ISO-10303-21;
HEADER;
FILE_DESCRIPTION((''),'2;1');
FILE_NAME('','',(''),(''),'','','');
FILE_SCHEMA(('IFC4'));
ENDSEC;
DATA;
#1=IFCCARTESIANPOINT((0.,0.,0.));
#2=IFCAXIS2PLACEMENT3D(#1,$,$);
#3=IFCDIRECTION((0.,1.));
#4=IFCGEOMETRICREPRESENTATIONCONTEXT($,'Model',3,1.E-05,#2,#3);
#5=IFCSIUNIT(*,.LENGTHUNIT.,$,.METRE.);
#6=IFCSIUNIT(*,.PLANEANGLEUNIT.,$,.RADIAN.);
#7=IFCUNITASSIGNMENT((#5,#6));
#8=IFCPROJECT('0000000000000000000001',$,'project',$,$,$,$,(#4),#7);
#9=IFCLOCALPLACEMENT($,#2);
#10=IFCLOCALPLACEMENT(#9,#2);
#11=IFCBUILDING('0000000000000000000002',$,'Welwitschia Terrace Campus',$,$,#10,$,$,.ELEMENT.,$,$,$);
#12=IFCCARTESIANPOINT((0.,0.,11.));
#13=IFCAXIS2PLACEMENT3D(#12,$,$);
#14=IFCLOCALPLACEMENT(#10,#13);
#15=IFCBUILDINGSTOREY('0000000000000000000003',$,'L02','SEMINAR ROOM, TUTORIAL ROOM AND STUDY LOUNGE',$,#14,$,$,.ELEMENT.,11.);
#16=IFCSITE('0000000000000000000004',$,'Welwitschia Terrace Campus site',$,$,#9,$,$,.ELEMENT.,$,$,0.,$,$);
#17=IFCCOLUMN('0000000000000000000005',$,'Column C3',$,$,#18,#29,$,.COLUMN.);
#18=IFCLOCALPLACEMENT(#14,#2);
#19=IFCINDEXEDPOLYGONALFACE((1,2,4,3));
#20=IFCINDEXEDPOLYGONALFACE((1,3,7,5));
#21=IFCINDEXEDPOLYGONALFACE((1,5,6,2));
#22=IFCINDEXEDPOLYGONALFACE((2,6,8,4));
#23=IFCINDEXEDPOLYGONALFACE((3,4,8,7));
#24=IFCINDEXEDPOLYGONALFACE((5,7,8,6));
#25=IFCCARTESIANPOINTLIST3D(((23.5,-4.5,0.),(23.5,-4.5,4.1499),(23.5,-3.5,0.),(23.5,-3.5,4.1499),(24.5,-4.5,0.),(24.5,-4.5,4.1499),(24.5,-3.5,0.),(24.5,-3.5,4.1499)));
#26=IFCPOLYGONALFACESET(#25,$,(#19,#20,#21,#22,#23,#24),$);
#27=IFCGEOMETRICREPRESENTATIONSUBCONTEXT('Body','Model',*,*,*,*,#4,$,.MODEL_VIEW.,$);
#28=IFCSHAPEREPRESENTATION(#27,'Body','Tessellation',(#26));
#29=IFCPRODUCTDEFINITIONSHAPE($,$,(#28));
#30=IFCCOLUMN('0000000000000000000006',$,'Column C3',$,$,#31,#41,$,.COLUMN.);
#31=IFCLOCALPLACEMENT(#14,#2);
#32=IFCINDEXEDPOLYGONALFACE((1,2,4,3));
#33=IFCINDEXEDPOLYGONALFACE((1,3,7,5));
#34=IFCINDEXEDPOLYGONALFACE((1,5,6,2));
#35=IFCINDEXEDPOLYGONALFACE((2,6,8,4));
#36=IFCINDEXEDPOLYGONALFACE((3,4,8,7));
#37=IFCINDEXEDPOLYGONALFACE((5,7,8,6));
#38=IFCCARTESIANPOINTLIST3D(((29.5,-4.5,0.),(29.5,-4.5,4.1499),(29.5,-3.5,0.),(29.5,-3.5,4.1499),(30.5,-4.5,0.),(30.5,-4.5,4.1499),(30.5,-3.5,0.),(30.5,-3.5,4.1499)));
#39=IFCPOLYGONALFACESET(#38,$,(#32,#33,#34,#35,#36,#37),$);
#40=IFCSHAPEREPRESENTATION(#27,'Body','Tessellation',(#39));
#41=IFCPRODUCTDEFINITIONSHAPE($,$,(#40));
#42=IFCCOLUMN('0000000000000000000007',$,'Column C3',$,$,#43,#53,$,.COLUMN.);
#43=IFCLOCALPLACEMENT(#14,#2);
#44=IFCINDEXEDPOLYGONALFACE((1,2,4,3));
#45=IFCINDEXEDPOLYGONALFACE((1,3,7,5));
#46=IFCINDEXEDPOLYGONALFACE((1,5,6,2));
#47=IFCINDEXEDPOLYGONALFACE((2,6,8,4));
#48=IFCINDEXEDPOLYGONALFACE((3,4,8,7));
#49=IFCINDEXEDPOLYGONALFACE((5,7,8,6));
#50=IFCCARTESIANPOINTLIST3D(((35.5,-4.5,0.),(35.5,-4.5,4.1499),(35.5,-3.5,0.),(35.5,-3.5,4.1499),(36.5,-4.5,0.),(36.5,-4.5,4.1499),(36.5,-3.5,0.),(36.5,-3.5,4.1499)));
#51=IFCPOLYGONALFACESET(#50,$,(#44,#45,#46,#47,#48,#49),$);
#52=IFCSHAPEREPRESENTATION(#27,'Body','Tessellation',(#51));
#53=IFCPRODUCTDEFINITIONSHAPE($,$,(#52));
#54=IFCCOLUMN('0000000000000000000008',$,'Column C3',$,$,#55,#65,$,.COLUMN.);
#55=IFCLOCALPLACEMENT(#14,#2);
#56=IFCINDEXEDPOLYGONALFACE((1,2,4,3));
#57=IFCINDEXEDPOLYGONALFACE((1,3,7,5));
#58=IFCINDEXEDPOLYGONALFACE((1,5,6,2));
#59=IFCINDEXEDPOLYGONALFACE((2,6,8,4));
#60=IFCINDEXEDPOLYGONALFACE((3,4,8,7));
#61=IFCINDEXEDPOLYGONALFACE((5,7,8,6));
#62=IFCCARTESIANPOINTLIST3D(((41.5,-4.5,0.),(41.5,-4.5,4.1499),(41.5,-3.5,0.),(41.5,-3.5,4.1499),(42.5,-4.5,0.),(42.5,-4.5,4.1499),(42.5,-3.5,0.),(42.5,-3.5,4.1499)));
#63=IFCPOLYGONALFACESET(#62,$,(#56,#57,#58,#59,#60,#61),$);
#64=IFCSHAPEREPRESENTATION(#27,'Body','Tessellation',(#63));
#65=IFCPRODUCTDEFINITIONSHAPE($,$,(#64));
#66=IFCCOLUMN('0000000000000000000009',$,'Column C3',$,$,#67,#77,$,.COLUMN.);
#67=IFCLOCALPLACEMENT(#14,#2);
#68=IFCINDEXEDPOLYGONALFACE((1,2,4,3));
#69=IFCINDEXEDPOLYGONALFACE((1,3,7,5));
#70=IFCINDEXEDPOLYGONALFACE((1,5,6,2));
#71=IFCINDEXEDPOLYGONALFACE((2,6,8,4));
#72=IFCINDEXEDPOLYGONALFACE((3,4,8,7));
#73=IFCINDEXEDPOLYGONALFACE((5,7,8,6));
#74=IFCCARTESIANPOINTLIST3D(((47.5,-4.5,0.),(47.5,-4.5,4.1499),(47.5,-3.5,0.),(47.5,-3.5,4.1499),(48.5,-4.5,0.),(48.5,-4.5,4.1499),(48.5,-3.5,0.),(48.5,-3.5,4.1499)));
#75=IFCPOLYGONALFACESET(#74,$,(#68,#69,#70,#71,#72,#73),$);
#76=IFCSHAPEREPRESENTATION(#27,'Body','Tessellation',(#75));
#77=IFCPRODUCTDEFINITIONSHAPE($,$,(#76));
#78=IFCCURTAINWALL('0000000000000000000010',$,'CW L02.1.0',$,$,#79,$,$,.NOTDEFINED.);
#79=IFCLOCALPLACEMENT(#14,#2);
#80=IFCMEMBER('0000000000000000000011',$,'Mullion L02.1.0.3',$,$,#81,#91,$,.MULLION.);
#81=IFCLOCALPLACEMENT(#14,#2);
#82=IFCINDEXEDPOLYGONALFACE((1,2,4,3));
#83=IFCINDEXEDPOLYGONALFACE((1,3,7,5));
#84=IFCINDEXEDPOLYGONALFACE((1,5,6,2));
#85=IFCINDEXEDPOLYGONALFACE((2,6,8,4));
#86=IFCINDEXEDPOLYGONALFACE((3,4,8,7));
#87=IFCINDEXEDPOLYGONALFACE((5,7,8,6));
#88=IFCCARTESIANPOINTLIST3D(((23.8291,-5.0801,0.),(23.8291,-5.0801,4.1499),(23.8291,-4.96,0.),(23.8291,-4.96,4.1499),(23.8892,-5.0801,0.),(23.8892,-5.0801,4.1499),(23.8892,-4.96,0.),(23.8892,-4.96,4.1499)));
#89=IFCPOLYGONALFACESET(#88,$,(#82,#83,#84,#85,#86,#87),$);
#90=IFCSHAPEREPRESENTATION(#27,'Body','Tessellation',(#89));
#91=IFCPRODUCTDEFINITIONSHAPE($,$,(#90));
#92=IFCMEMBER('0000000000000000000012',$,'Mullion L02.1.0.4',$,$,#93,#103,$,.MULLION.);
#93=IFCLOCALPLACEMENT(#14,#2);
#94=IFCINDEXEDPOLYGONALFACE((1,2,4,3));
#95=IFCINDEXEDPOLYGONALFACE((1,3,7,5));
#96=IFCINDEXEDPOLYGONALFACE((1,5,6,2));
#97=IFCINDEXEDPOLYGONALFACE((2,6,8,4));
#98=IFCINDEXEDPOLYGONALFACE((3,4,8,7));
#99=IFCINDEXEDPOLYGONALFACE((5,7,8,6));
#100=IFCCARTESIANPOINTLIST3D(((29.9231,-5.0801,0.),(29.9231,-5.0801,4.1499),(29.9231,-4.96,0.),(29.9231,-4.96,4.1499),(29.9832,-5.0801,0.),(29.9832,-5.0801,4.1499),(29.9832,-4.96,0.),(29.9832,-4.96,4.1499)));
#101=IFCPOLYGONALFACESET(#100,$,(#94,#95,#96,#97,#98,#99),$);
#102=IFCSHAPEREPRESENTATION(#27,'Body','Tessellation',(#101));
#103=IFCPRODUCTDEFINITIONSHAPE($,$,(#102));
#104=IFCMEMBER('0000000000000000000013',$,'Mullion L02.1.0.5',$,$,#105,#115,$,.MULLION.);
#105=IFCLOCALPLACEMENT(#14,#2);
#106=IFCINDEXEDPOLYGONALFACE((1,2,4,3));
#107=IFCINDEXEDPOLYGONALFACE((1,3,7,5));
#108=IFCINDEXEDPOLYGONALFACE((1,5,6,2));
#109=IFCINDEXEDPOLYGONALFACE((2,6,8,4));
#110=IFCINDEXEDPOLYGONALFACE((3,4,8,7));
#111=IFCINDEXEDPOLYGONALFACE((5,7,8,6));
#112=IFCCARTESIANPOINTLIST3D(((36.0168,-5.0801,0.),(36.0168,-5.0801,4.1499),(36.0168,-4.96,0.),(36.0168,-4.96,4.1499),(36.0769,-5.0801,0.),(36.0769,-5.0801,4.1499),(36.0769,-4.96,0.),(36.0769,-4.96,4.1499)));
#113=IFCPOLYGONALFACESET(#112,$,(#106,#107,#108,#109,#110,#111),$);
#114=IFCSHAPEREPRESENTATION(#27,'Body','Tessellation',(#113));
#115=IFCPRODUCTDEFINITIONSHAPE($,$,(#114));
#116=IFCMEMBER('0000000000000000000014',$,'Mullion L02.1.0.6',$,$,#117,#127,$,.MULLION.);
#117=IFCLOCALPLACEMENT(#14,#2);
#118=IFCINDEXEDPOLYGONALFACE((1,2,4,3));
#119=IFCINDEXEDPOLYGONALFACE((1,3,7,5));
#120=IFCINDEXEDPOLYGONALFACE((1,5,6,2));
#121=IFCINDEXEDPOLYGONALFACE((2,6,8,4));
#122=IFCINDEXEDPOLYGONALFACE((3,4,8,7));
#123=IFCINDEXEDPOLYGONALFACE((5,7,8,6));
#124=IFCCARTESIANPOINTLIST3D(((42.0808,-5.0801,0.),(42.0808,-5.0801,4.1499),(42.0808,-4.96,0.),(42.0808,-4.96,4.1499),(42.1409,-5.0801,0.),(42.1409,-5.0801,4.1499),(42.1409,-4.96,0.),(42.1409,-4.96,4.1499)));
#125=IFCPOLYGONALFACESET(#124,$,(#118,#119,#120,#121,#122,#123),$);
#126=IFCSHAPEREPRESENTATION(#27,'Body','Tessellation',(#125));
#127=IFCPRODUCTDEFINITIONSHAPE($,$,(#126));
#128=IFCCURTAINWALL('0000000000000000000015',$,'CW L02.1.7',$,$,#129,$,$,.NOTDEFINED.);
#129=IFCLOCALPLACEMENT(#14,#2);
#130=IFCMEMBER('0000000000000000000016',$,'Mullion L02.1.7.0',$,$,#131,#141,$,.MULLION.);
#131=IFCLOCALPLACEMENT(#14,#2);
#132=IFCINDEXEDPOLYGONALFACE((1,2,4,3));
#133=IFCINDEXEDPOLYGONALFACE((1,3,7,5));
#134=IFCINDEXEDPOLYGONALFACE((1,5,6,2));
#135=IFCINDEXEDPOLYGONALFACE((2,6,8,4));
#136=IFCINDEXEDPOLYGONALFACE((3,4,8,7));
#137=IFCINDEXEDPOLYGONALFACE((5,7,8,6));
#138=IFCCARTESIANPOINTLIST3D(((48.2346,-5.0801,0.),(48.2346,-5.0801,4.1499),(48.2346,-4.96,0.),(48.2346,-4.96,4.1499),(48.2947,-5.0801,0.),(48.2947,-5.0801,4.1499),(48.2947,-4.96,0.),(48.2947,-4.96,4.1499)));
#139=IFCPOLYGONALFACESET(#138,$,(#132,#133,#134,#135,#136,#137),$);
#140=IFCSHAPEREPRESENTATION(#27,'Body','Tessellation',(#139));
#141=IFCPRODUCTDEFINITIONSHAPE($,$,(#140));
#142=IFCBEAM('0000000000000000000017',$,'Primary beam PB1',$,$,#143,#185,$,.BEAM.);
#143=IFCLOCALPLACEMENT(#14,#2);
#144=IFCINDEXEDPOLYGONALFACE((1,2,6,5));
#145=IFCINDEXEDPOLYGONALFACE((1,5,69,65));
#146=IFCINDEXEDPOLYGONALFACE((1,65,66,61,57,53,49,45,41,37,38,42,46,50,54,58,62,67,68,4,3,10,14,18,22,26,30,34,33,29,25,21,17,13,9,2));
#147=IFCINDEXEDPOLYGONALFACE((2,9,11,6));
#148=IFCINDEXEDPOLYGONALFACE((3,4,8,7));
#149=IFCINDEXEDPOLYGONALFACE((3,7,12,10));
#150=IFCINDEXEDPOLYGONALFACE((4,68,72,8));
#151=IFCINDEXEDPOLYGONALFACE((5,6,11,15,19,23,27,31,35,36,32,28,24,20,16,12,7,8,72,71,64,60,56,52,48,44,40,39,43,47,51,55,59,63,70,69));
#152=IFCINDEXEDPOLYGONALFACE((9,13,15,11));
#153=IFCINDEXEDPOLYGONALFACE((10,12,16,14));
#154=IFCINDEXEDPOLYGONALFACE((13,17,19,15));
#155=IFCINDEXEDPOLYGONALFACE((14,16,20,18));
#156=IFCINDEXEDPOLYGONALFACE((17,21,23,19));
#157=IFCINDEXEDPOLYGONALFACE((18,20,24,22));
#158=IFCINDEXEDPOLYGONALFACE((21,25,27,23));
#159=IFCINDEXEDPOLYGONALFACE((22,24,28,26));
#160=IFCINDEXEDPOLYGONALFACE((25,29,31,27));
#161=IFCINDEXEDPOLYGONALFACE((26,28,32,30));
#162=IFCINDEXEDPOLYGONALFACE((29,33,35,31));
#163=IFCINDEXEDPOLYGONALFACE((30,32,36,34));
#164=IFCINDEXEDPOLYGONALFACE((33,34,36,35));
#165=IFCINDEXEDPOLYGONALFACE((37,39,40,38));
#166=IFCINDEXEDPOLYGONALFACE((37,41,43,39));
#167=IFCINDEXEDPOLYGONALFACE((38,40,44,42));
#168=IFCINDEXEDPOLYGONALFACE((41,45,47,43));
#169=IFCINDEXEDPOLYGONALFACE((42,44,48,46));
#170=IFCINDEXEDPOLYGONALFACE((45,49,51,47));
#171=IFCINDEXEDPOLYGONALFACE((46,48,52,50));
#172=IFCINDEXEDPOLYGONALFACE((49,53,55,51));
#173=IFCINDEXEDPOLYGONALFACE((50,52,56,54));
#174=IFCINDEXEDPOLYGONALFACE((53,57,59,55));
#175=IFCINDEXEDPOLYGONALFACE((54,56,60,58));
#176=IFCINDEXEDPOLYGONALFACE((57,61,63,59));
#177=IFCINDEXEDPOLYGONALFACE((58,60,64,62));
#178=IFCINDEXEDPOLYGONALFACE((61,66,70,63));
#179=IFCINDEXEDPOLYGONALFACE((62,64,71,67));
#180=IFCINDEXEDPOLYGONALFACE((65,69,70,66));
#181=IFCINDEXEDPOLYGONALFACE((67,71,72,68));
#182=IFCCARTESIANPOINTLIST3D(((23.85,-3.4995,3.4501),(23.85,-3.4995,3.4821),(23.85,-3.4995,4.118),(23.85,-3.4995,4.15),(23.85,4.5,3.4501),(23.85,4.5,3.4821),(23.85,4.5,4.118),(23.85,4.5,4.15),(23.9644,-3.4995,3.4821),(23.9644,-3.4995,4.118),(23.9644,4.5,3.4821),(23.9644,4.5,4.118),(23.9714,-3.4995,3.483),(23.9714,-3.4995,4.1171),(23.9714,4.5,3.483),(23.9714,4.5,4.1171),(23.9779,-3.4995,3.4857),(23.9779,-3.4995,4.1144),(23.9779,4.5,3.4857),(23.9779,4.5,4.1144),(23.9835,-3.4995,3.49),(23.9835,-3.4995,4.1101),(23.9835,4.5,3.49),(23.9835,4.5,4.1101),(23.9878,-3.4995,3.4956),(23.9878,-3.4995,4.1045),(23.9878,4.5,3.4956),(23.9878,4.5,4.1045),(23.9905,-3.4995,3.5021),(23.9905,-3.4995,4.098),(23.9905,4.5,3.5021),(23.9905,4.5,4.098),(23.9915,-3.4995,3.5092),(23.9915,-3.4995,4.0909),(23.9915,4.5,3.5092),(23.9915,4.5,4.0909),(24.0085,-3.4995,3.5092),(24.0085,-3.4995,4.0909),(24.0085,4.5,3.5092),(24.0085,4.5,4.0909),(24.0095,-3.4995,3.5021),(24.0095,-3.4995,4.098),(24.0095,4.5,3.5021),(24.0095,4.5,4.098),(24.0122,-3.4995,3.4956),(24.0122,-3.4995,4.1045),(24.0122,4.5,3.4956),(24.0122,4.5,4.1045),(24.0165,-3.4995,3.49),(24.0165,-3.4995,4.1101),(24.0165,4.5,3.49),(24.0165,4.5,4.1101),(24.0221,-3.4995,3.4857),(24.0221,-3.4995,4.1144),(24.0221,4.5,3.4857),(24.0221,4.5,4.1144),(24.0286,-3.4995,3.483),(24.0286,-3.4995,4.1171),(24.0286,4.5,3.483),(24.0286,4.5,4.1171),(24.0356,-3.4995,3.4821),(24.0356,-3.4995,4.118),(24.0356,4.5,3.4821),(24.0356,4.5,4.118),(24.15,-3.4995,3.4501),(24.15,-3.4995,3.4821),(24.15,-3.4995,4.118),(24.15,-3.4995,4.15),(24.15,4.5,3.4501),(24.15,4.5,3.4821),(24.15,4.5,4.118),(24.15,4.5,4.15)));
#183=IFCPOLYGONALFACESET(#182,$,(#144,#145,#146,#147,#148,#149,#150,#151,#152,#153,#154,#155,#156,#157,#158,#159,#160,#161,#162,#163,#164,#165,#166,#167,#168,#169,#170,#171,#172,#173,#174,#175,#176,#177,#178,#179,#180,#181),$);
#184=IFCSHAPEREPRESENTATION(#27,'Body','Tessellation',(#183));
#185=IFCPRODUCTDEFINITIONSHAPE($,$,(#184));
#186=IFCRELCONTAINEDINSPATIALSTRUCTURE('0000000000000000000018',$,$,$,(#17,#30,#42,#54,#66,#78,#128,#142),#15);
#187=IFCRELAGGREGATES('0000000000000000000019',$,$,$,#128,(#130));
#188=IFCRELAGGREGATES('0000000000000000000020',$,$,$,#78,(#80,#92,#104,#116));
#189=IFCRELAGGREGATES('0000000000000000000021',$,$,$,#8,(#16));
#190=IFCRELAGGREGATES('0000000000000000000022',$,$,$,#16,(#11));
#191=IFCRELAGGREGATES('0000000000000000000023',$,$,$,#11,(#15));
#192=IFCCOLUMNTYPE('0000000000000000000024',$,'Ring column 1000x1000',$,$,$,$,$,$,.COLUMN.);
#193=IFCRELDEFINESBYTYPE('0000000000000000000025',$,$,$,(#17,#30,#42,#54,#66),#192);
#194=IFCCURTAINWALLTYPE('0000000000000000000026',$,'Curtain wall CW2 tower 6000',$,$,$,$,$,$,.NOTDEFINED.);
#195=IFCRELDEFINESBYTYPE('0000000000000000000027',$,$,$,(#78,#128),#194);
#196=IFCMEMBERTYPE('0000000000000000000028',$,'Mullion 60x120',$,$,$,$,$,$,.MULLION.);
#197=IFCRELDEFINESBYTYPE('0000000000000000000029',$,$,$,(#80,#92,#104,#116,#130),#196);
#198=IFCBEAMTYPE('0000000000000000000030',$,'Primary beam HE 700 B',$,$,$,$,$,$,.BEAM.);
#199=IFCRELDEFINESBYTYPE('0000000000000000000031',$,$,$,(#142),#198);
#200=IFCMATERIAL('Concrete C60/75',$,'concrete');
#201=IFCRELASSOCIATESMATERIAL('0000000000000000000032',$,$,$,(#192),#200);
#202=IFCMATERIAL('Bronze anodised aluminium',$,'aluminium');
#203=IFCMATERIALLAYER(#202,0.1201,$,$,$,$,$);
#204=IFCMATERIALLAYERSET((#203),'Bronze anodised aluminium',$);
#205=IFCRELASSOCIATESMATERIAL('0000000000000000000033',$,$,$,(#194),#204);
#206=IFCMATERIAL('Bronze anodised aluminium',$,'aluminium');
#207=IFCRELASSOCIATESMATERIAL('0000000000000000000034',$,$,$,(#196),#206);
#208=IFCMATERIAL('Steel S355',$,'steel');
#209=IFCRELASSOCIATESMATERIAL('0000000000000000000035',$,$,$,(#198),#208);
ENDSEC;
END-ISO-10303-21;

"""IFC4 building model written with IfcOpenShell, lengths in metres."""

from ifc_helpers import new_model, si_unit, direction, frame, origin, origin_2d, place, context, subcontext, project, spatial, rectangle, i_section, extrude, material, layer, layer_set, material_profile, profile_set, type_object, element, aggregate, save


model = new_model("IFC4")

# Units and contexts
model_context = context("Model", 3, precision=1e-05, world=origin(), true_north=direction((0.0, 1.0)))
body_context = subcontext(model_context, "Body", "Model", "MODEL_VIEW")
ifc_project = project(units=[si_unit("LENGTHUNIT", "METRE"), si_unit("PLANEANGLEUNIT", "RADIAN")], contexts=[model_context])

# Site, building, storey
site_placement = place(None, origin())
site = spatial("IfcSite", under=ifc_project, at=site_placement, Name="Welwitschia Terrace Campus site", CompositionType="ELEMENT", RefElevation=0.0)
building_placement = place(site_placement, origin())
building = spatial("IfcBuilding", under=site, at=building_placement, Name="Welwitschia Terrace Campus", CompositionType="ELEMENT")
storey_placement = place(building_placement, frame((0.0, 0.0, 11.0)))
storey = spatial("IfcBuildingStorey", under=building, at=storey_placement, Name="L02", Description="SEMINAR ROOM, TUTORIAL ROOM AND STUDY LOUNGE", CompositionType="ELEMENT", Elevation=11.0)

# Columns
ifc_material_1 = material(Name="Concrete C60/75", Category="concrete")
ifc_material_profile_1 = material_profile(ifc_material_1, rectangle(XDim=1.0, YDim=1.0, at=origin_2d()))
ifc_profile_set_1 = profile_set([ifc_material_profile_1], Name="Concrete C60/75")
column_type = type_object("IfcColumnType", Name="Ring column 1000x1000", PredefinedType="COLUMN", material=ifc_profile_set_1)
for number, where, z_axis, x_axis, name in (
    (1, (24.0, -4.0, 0.0), (0.0, 0.0, 1.0), (1.0, 0.0, 0.0), "Column C3"),
    (2, (30.0, -4.0, 0.0), (0.0, 0.0, 1.0), (1.0, 0.0, 0.0), "Column C3"),
    (3, (36.0, -4.0, 0.0), (0.0, 0.0, 1.0), (1.0, 0.0, 0.0), "Column C3"),
    (4, (42.0, -4.0, 0.0), (0.0, 0.0, 1.0), (1.0, 0.0, 0.0), "Column C3"),
    (5, (48.0, -4.0, 0.0), (0.0, 0.0, 1.0), (1.0, 0.0, 0.0), "Column C3"),
):
    element("IfcColumn", number, at=place(storey_placement, frame(where, z_axis=z_axis, x_axis=x_axis)), inside=storey, type_object=column_type, Name=name, PredefinedType="COLUMN", context=body_context, shape_type="SweptSolid", body=[
        extrude(rectangle(XDim=1.0, YDim=1.0, at=origin_2d()), origin(), (0.0, 0.0, 1.0), 4.1499),
    ])

# Curtain wall, members
ifc_material_2 = material(Name="Bronze anodised aluminium", Category="aluminium")
ifc_layer_1 = layer(ifc_material_2, 0.1201)
ifc_layer_set_1 = layer_set([ifc_layer_1], Name="Bronze anodised aluminium")
curtain_wall_type = type_object("IfcCurtainWallType", Name="Curtain wall CW2 tower 6000", PredefinedType="NOTDEFINED", material=ifc_layer_set_1)
curtain_wall_1_placement = place(storey_placement, origin())
curtain_wall_1 = element("IfcCurtainWall", 6, at=curtain_wall_1_placement, inside=storey, type_object=curtain_wall_type, Name="CW L02.1.0", PredefinedType="NOTDEFINED")
ifc_material_3 = material(Name="Bronze anodised aluminium", Category="aluminium")
ifc_material_profile_2 = material_profile(ifc_material_3, rectangle(XDim=0.1201, YDim=0.0601, at=origin_2d()))
ifc_profile_set_2 = profile_set([ifc_material_profile_2], Name="Bronze anodised aluminium")
member_type_1 = type_object("IfcMemberType", Name="Mullion 60x120", PredefinedType="MULLION", material=ifc_profile_set_2)
member_1_placement = place(storey_placement, frame((23.8591, -5.02, 0.0), z_axis=(0.0, 0.0, 1.0), x_axis=(0.0, 1.0, 0.0)))
member_1 = element("IfcMember", 7, at=member_1_placement, type_object=member_type_1, Name="Mullion L02.1.0.3", PredefinedType="MULLION", context=body_context, shape_type="SweptSolid", body=[
    extrude(rectangle(XDim=0.1201, YDim=0.0601, at=origin_2d()), origin(), (0.0, 0.0, 1.0), 4.1499),
])
member_2_placement = place(storey_placement, frame((29.9531, -5.02, 0.0), z_axis=(0.0, 0.0, 1.0), x_axis=(0.0, 1.0, 0.0)))
member_2 = element("IfcMember", 8, at=member_2_placement, type_object=member_type_1, Name="Mullion L02.1.0.4", PredefinedType="MULLION", context=body_context, shape_type="SweptSolid", body=[
    extrude(rectangle(XDim=0.1201, YDim=0.0601, at=origin_2d()), origin(), (0.0, 0.0, 1.0), 4.1499),
])
member_3_placement = place(storey_placement, frame((36.0469, -5.02, 0.0), z_axis=(0.0, 0.0, 1.0), x_axis=(0.0, 1.0, 0.0)))
member_3 = element("IfcMember", 9, at=member_3_placement, type_object=member_type_1, Name="Mullion L02.1.0.5", PredefinedType="MULLION", context=body_context, shape_type="SweptSolid", body=[
    extrude(rectangle(XDim=0.1201, YDim=0.0601, at=origin_2d()), origin(), (0.0, 0.0, 1.0), 4.1499),
])
member_4_placement = place(storey_placement, frame((42.1108, -5.02, 0.0), z_axis=(0.0, 0.0, 1.0), x_axis=(0.0, 1.0, 0.0)))
member_4 = element("IfcMember", 10, at=member_4_placement, type_object=member_type_1, Name="Mullion L02.1.0.6", PredefinedType="MULLION", context=body_context, shape_type="SweptSolid", body=[
    extrude(rectangle(XDim=0.1201, YDim=0.0601, at=origin_2d()), origin(), (0.0, 0.0, 1.0), 4.1499),
])

# Curtain wall, member
curtain_wall_2_placement = place(storey_placement, origin())
curtain_wall_2 = element("IfcCurtainWall", 11, at=curtain_wall_2_placement, inside=storey, type_object=curtain_wall_type, Name="CW L02.1.7", PredefinedType="NOTDEFINED")
member_5_placement = place(storey_placement, frame((48.2646, -5.02, 0.0), z_axis=(0.0, 0.0, 1.0), x_axis=(0.0, 1.0, 0.0)))
member_5 = element("IfcMember", 12, at=member_5_placement, type_object=member_type_1, Name="Mullion L02.1.7.0", PredefinedType="MULLION", context=body_context, shape_type="SweptSolid", body=[
    extrude(rectangle(XDim=0.1201, YDim=0.0601, at=origin_2d()), origin(), (0.0, 0.0, 1.0), 4.1499),
])

# Beam
ifc_material_4 = material(Name="Steel S355", Category="steel")
ifc_material_profile_3 = material_profile(ifc_material_4, i_section(OverallWidth=0.3, OverallDepth=0.7, WebThickness=0.0171, FlangeThickness=0.032, FilletRadius=0.0271, at=origin_2d()))
ifc_profile_set_3 = profile_set([ifc_material_profile_3], Name="Steel S355")
beam_type_1 = type_object("IfcBeamType", Name="Primary beam HE 700 B", PredefinedType="BEAM", material=ifc_profile_set_3)
beam_placement = place(storey_placement, frame((24.0, -3.4995, 3.8), z_axis=(0.0, 1.0, 0.0), x_axis=(-1.0, 0.0, 0.0)))
element("IfcBeam", 13, at=beam_placement, inside=storey, type_object=beam_type_1, Name="Primary beam PB1", PredefinedType="BEAM", context=body_context, shape_type="SweptSolid", body=[
    extrude(i_section(OverallWidth=0.3, OverallDepth=0.7, WebThickness=0.0171, FlangeThickness=0.032, FilletRadius=0.0271, at=origin_2d()), origin(), (0.0, 0.0, 1.0), 7.9995),
])

aggregate(curtain_wall_2, [member_5])

aggregate(curtain_wall_1, [member_1, member_2, member_3, member_4])

save(model, "model.ifc")
